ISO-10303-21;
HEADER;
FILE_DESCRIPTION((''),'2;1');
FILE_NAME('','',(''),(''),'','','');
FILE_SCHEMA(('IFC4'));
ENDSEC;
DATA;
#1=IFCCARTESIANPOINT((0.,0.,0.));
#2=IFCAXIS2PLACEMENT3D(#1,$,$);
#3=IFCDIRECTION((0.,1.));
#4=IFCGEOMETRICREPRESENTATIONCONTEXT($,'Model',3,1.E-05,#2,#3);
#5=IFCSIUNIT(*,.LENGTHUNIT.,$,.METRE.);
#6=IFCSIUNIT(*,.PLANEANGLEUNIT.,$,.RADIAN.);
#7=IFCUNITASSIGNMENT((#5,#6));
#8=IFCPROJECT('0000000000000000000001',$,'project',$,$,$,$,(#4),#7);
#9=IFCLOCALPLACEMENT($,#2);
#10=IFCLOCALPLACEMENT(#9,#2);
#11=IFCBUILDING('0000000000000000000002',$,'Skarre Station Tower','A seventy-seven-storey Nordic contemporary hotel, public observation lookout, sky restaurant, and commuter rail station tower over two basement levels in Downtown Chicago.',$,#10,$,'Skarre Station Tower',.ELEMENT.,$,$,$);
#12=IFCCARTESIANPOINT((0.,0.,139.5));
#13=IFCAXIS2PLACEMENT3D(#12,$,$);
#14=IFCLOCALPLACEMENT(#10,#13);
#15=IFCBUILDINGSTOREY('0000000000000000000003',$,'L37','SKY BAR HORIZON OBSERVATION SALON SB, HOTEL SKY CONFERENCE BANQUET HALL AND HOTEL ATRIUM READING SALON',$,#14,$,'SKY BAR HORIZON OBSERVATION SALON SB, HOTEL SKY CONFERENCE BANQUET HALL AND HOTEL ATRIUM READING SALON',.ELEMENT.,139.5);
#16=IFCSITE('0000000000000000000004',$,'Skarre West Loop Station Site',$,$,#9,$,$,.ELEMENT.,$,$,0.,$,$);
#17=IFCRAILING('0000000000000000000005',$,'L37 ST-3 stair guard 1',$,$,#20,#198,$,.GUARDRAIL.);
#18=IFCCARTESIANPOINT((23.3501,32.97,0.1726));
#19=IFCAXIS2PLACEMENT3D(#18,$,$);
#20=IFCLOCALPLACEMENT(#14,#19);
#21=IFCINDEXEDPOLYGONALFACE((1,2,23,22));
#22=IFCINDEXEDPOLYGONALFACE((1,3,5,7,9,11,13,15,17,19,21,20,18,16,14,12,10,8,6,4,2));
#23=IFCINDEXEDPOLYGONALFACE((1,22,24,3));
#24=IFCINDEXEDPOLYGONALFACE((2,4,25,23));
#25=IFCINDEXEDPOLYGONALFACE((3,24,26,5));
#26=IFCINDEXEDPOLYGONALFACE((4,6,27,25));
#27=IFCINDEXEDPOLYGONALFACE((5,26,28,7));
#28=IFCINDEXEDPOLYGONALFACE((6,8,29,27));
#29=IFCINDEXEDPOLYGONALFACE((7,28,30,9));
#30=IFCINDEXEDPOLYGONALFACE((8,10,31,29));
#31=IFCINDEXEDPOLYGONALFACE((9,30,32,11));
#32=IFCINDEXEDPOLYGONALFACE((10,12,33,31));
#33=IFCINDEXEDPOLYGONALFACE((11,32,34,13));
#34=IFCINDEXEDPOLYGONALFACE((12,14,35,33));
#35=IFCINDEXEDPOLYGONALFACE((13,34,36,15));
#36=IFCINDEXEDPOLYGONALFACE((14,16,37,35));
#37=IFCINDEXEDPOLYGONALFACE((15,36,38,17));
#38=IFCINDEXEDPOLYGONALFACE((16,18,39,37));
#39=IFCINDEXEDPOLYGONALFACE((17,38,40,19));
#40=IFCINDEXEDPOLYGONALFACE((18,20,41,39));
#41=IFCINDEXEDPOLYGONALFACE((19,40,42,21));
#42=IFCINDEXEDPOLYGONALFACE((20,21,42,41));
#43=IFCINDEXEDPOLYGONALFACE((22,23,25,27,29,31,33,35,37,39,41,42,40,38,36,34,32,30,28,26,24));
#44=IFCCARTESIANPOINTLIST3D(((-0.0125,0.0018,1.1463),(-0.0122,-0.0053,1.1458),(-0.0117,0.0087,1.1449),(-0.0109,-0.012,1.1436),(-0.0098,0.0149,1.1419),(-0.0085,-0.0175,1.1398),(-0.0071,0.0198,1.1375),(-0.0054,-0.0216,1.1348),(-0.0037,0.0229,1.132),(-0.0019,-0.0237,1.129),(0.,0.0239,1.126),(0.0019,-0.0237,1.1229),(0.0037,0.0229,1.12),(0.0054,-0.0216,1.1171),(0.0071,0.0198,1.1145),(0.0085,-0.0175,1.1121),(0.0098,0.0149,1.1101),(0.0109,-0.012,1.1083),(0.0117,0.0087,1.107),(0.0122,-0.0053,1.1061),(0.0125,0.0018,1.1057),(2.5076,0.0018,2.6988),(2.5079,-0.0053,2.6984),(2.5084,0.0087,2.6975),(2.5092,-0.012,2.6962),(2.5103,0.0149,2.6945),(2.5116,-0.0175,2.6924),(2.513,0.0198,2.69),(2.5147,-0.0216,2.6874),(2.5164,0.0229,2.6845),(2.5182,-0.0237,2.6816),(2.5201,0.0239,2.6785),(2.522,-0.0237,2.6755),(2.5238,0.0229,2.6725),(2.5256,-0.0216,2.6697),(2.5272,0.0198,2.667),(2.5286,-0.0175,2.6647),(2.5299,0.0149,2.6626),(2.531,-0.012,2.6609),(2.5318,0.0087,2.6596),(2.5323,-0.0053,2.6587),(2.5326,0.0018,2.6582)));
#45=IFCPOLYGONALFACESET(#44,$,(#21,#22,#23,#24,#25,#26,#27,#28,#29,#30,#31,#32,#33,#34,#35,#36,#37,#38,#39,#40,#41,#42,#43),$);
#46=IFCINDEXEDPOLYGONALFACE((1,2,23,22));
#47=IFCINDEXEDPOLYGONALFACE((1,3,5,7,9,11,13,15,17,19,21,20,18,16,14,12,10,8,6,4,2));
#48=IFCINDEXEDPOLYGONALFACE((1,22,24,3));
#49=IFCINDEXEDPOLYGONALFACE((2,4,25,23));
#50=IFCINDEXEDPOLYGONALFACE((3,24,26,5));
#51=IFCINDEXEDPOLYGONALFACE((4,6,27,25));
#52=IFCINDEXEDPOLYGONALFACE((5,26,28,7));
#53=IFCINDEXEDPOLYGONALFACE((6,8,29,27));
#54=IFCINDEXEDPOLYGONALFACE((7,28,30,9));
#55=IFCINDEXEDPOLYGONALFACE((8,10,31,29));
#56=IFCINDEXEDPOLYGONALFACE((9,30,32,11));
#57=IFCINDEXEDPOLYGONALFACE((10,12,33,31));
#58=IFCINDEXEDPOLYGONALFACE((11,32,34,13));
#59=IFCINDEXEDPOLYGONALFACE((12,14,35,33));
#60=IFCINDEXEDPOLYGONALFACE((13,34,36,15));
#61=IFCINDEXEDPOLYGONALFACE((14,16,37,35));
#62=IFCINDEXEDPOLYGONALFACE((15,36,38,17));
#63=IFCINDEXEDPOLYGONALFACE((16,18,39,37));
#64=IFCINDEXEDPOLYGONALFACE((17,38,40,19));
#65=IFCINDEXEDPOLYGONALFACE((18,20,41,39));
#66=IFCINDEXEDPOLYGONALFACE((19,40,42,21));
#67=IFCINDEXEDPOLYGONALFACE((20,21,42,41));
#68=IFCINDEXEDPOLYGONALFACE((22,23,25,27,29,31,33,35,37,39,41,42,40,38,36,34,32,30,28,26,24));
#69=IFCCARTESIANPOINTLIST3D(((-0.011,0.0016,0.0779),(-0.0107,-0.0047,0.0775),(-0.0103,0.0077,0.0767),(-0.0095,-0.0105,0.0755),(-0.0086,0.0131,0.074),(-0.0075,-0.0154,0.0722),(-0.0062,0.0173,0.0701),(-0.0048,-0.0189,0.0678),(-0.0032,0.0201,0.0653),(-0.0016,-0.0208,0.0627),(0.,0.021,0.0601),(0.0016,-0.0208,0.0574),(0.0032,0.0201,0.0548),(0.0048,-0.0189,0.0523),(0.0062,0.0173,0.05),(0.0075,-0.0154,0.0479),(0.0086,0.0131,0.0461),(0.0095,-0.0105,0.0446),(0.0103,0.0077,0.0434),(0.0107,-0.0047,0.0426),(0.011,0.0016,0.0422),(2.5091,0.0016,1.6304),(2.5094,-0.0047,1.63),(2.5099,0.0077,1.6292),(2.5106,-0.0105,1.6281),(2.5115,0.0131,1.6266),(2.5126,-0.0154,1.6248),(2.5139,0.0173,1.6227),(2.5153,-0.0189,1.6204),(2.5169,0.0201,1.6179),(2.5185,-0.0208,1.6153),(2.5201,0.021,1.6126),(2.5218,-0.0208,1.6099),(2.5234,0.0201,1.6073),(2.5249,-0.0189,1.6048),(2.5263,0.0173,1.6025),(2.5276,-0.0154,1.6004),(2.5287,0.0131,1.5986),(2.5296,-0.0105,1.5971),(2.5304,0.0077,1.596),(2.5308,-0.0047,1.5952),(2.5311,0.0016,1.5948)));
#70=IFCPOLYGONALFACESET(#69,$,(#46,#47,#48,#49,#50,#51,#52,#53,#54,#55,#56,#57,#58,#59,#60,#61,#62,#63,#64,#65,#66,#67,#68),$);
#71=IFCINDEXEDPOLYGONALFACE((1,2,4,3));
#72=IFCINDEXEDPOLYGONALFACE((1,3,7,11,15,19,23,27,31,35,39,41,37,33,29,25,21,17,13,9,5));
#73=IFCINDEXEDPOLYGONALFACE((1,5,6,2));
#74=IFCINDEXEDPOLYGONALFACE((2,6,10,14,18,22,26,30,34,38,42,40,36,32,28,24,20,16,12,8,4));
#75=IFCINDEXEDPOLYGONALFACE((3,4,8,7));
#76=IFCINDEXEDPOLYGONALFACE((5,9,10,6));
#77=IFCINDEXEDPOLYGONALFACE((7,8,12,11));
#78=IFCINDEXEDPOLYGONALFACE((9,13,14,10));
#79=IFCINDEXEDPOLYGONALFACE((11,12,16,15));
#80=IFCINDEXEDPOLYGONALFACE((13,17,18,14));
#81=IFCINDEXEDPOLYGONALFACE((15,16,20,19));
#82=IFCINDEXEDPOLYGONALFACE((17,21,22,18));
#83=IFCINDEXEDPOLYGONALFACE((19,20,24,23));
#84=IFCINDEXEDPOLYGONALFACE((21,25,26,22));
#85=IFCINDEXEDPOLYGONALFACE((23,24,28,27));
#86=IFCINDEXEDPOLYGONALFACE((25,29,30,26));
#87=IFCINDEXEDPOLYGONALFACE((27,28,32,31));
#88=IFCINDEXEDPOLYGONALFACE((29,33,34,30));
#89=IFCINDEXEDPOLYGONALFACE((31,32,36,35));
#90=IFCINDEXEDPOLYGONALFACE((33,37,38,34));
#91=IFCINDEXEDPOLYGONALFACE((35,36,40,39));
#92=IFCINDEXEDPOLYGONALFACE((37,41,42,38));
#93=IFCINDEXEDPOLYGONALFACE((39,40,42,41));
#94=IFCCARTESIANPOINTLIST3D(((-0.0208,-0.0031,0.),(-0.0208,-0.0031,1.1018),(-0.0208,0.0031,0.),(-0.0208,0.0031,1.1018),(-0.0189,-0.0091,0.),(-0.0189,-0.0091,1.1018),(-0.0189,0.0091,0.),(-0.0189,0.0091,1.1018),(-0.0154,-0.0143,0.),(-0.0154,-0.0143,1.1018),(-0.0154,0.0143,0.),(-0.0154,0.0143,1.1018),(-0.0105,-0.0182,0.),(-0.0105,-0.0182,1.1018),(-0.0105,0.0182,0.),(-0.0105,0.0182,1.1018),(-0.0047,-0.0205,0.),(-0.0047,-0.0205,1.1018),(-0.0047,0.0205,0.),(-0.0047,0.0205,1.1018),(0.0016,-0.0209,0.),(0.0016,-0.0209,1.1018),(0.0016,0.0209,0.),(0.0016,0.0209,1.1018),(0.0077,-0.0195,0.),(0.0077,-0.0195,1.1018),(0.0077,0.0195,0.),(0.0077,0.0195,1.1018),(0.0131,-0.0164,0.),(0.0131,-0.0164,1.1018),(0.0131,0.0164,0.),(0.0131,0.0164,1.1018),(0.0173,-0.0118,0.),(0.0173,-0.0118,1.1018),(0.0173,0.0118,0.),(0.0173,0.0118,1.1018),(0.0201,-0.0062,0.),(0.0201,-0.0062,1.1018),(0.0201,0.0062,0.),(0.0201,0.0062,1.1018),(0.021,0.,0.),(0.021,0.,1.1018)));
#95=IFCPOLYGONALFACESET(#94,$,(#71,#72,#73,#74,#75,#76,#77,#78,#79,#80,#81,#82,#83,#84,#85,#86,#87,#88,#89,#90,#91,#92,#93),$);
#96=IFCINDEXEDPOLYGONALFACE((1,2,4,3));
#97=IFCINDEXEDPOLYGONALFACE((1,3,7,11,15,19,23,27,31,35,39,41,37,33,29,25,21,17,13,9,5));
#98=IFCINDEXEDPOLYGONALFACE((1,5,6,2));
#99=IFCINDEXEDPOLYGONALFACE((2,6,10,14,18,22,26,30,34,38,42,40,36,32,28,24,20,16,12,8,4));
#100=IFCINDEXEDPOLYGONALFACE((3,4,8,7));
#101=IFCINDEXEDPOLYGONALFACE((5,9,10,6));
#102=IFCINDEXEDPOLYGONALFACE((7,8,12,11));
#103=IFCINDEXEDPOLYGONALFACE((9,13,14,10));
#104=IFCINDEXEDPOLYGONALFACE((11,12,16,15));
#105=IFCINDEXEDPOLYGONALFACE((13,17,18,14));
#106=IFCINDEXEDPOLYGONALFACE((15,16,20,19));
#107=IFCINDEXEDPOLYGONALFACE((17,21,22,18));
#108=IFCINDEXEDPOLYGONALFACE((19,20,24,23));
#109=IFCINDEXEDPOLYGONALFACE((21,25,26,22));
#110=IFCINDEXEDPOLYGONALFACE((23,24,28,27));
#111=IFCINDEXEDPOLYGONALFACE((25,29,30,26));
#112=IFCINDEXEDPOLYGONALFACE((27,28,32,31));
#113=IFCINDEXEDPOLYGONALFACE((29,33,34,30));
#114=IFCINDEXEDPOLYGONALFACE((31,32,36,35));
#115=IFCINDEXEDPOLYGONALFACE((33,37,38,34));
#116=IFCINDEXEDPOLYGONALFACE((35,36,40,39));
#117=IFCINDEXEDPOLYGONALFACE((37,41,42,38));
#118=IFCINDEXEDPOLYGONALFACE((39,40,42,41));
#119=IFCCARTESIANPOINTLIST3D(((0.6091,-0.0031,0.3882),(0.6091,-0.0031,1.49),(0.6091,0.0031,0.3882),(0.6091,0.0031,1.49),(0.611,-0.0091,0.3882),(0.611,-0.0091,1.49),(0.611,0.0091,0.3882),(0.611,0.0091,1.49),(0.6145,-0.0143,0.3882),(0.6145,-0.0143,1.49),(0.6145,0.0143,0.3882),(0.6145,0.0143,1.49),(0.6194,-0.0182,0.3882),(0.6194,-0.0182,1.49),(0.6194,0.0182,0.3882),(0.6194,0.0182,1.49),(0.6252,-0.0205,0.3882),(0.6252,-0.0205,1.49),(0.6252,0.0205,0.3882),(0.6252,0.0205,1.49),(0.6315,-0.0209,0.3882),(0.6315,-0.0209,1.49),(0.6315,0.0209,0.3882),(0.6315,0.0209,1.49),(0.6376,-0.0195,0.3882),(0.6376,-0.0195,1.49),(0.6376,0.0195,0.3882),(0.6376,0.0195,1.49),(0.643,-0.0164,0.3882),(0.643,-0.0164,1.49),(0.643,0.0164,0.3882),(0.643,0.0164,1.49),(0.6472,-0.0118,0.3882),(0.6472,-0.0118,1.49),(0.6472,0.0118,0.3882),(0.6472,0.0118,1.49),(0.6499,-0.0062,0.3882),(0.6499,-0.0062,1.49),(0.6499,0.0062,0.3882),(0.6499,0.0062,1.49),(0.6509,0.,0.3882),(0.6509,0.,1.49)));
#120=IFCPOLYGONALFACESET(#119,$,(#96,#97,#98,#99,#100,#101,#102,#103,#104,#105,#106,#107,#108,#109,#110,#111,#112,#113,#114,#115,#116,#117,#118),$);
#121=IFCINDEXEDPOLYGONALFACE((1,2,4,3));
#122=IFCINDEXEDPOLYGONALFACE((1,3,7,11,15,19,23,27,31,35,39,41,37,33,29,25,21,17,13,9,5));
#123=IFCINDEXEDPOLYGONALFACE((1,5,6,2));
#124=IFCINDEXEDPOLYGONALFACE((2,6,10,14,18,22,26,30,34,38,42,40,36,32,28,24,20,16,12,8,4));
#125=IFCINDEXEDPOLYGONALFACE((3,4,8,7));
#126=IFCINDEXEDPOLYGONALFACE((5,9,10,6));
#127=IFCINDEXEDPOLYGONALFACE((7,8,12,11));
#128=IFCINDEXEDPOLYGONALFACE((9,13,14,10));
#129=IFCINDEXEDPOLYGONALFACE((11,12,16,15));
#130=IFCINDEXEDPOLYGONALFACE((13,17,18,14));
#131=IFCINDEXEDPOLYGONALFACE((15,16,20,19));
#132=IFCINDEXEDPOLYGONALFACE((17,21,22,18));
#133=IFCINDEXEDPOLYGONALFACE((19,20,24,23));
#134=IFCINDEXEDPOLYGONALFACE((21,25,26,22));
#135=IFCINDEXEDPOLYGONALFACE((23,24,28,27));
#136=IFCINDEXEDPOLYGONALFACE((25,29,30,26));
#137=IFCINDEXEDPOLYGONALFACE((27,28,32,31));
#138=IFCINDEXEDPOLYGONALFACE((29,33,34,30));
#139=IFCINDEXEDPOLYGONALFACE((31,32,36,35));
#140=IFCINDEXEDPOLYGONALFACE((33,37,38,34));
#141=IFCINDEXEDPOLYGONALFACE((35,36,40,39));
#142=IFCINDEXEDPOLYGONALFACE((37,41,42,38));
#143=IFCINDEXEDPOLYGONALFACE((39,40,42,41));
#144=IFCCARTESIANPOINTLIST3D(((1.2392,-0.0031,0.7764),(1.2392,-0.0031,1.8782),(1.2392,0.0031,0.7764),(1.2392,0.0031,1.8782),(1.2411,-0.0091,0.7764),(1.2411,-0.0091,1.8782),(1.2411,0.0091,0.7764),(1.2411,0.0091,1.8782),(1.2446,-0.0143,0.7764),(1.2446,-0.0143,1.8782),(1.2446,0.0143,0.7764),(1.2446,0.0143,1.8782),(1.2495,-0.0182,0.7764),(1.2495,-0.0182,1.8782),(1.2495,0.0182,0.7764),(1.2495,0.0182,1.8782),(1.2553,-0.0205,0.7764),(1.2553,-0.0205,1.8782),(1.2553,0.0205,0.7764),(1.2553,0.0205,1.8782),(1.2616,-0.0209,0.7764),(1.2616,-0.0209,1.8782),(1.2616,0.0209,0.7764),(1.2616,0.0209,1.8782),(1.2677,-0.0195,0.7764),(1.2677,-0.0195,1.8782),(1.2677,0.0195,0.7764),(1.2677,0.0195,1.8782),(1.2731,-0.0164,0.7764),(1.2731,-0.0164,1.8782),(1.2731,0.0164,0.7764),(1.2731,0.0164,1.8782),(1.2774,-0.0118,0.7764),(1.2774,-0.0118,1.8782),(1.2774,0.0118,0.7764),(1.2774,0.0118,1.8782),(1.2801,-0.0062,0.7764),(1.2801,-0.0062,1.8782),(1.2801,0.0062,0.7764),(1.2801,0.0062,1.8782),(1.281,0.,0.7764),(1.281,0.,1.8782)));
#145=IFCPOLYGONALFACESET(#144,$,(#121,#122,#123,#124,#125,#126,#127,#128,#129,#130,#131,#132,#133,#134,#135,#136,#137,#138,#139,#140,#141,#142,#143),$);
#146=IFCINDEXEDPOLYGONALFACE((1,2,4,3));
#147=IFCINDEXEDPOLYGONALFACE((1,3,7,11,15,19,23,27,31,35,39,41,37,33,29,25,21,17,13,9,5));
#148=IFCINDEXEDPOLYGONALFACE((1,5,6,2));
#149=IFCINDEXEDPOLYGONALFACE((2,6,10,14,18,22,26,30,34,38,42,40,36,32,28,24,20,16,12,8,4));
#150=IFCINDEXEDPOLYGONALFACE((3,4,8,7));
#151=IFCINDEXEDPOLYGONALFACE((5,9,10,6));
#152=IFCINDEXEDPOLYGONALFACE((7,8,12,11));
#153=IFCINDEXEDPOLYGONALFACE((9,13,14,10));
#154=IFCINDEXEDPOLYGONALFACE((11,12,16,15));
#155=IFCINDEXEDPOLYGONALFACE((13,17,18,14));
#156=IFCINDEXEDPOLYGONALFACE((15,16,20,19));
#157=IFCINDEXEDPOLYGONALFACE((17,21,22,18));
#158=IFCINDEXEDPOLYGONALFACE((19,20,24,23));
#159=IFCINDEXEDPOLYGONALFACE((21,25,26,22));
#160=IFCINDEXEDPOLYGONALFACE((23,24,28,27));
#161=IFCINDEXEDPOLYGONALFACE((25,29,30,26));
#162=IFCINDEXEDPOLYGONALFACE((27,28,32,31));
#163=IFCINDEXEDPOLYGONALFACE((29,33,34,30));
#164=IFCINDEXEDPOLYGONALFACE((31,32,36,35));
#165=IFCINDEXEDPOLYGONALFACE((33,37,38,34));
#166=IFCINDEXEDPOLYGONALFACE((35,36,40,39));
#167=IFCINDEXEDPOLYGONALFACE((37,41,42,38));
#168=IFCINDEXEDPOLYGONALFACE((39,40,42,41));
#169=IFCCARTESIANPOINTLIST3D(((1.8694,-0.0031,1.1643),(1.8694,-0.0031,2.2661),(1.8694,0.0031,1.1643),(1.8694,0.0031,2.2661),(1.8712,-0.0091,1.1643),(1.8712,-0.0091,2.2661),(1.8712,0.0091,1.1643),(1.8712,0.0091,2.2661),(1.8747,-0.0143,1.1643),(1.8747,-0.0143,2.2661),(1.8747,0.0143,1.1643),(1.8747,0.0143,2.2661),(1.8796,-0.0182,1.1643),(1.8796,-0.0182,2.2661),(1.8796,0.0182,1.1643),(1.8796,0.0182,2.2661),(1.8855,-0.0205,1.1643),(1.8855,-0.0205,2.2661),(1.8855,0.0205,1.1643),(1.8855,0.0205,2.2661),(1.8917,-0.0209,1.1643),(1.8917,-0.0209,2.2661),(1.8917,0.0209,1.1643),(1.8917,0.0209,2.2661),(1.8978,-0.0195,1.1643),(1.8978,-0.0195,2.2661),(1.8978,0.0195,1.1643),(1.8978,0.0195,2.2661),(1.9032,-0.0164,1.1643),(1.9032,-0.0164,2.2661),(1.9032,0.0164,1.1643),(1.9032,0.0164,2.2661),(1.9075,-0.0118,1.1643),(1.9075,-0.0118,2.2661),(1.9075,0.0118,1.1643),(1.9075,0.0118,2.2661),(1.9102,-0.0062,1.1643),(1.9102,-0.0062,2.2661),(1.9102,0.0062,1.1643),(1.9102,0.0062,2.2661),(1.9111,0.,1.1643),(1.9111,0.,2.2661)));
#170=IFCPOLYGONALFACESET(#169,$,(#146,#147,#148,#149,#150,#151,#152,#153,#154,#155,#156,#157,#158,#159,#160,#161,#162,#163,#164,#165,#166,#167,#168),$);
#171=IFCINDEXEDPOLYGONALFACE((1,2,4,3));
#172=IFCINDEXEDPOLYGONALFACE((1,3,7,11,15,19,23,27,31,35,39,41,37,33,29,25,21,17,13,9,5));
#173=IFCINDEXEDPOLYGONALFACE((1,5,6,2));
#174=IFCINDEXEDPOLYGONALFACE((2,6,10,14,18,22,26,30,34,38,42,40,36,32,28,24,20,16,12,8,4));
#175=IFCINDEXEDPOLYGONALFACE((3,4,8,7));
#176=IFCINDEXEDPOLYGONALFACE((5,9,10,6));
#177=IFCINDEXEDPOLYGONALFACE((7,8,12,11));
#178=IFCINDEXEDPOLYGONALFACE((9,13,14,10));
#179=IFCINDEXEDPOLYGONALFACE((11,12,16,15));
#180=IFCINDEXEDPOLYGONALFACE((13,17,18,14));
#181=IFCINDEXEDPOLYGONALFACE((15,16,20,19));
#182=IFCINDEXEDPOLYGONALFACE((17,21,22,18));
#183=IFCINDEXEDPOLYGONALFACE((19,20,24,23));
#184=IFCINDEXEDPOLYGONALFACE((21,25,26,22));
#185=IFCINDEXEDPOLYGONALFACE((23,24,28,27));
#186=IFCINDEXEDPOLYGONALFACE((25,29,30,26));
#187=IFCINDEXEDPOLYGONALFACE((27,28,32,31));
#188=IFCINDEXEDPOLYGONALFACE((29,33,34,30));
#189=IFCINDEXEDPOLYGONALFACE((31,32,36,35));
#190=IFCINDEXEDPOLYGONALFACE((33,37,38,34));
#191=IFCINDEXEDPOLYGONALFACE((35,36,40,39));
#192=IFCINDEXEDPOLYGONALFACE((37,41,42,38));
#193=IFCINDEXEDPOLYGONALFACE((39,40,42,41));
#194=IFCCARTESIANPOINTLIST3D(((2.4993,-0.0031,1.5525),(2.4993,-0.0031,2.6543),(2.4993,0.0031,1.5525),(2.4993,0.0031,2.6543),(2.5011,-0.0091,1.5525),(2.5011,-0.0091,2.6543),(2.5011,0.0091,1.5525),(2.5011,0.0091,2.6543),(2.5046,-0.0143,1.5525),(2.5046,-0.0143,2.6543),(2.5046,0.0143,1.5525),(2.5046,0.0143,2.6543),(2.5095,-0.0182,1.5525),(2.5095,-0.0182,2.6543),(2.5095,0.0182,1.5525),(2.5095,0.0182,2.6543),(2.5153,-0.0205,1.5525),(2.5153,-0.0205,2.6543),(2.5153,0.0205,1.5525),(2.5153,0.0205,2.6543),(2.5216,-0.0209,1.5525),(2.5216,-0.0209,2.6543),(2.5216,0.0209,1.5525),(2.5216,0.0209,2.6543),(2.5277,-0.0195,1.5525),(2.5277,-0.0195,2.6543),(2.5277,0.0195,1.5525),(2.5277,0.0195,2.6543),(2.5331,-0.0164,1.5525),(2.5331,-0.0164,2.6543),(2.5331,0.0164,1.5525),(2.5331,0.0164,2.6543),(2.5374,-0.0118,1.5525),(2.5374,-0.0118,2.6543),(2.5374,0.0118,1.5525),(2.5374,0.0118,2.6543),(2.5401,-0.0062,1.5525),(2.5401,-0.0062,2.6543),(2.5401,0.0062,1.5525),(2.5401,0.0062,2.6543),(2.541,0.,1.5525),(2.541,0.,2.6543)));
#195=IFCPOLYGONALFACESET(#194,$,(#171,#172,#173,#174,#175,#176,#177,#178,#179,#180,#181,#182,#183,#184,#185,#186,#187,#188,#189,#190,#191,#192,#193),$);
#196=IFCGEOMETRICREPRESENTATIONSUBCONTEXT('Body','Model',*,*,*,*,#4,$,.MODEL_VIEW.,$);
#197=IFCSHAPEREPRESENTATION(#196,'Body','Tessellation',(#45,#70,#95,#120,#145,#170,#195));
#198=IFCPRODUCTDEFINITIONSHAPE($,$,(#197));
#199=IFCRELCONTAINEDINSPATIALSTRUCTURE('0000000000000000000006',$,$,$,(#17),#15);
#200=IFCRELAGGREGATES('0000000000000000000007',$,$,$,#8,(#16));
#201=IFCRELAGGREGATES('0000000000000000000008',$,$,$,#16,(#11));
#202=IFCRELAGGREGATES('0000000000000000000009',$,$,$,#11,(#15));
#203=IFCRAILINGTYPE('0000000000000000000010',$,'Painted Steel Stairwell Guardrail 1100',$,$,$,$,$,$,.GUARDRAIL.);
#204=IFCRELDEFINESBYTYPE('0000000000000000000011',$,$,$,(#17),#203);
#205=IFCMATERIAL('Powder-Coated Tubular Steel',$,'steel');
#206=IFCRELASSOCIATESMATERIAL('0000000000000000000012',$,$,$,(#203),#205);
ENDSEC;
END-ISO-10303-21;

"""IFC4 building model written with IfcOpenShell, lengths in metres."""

from ifc_helpers import new_model, si_unit, direction, frame, origin, origin_2d, place, context, subcontext, project, spatial, circle, extrude, material, type_object, element, save


model = new_model("IFC4")

# Units and contexts
model_context = context("Model", 3, precision=1e-05, world=origin(), true_north=direction((0.0, 1.0)))
body_context = subcontext(model_context, "Body", "Model", "MODEL_VIEW")
ifc_project = project(units=[si_unit("LENGTHUNIT", "METRE"), si_unit("PLANEANGLEUNIT", "RADIAN")], contexts=[model_context])

# Site, building, storey
site_placement = place(None, origin())
site = spatial("IfcSite", under=ifc_project, at=site_placement, Name="Skarre West Loop Station Site", CompositionType="ELEMENT", RefElevation=0.0)
building_placement = place(site_placement, origin())
building = spatial("IfcBuilding", under=site, at=building_placement, Name="Skarre Station Tower", Description="A seventy-seven-storey Nordic contemporary hotel, public observation lookout, sky restaurant, and commuter rail station tower over two basement levels in Downtown Chicago.", LongName="Skarre Station Tower", CompositionType="ELEMENT")
storey_placement = place(building_placement, frame((0.0, 0.0, 139.5)))
storey = spatial("IfcBuildingStorey", under=building, at=storey_placement, Name="L37", Description="SKY BAR HORIZON OBSERVATION SALON SB, HOTEL SKY CONFERENCE BANQUET HALL AND HOTEL ATRIUM READING SALON", LongName="SKY BAR HORIZON OBSERVATION SALON SB, HOTEL SKY CONFERENCE BANQUET HALL AND HOTEL ATRIUM READING SALON", CompositionType="ELEMENT", Elevation=139.5)

# Railing
ifc_material_1 = material(Name="Powder-Coated Tubular Steel", Category="steel")
railing_type_1 = type_object("IfcRailingType", Name="Painted Steel Stairwell Guardrail 1100", PredefinedType="GUARDRAIL", material=ifc_material_1)
railing_1_placement = place(storey_placement, frame((23.3501, 32.97, 0.1726)))
element("IfcRailing", 1, at=railing_1_placement, inside=storey, type_object=railing_type_1, Name="L37 ST-3 stair guard 1", PredefinedType="GUARDRAIL", context=body_context, shape_type="SweptSolid", body=[
    extrude(circle(Radius=0.0239, at=origin_2d()), frame((0.0, 0.0, 1.126), z_axis=(0.8514, 0.0, 0.524516), x_axis=(0.0, 1.0, 0.0)), (0.0, 0.0, 1.0), 2.96),
    extrude(circle(Radius=0.021, at=origin_2d()), frame((0.0, 0.0, 0.0601), z_axis=(0.8514, 0.0, 0.524516), x_axis=(0.0, 1.0, 0.0)), (0.0, 0.0, 1.0), 2.96),
    extrude(circle(Radius=0.021, at=origin_2d()), origin(), (0.0, 0.0, 1.0), 1.1018),
    extrude(circle(Radius=0.021, at=origin_2d()), frame((0.6299, 0.0, 0.3882)), (0.0, 0.0, 1.0), 1.1018),
    extrude(circle(Radius=0.021, at=origin_2d()), frame((1.26, 0.0, 0.7764)), (0.0, 0.0, 1.0), 1.1018),
    extrude(circle(Radius=0.021, at=origin_2d()), frame((1.8901, 0.0, 1.1643)), (0.0, 0.0, 1.0), 1.1018),
    extrude(circle(Radius=0.021, at=origin_2d()), frame((2.52, 0.0, 1.5525)), (0.0, 0.0, 1.0), 1.1018),
])

save(model, "model.ifc")
